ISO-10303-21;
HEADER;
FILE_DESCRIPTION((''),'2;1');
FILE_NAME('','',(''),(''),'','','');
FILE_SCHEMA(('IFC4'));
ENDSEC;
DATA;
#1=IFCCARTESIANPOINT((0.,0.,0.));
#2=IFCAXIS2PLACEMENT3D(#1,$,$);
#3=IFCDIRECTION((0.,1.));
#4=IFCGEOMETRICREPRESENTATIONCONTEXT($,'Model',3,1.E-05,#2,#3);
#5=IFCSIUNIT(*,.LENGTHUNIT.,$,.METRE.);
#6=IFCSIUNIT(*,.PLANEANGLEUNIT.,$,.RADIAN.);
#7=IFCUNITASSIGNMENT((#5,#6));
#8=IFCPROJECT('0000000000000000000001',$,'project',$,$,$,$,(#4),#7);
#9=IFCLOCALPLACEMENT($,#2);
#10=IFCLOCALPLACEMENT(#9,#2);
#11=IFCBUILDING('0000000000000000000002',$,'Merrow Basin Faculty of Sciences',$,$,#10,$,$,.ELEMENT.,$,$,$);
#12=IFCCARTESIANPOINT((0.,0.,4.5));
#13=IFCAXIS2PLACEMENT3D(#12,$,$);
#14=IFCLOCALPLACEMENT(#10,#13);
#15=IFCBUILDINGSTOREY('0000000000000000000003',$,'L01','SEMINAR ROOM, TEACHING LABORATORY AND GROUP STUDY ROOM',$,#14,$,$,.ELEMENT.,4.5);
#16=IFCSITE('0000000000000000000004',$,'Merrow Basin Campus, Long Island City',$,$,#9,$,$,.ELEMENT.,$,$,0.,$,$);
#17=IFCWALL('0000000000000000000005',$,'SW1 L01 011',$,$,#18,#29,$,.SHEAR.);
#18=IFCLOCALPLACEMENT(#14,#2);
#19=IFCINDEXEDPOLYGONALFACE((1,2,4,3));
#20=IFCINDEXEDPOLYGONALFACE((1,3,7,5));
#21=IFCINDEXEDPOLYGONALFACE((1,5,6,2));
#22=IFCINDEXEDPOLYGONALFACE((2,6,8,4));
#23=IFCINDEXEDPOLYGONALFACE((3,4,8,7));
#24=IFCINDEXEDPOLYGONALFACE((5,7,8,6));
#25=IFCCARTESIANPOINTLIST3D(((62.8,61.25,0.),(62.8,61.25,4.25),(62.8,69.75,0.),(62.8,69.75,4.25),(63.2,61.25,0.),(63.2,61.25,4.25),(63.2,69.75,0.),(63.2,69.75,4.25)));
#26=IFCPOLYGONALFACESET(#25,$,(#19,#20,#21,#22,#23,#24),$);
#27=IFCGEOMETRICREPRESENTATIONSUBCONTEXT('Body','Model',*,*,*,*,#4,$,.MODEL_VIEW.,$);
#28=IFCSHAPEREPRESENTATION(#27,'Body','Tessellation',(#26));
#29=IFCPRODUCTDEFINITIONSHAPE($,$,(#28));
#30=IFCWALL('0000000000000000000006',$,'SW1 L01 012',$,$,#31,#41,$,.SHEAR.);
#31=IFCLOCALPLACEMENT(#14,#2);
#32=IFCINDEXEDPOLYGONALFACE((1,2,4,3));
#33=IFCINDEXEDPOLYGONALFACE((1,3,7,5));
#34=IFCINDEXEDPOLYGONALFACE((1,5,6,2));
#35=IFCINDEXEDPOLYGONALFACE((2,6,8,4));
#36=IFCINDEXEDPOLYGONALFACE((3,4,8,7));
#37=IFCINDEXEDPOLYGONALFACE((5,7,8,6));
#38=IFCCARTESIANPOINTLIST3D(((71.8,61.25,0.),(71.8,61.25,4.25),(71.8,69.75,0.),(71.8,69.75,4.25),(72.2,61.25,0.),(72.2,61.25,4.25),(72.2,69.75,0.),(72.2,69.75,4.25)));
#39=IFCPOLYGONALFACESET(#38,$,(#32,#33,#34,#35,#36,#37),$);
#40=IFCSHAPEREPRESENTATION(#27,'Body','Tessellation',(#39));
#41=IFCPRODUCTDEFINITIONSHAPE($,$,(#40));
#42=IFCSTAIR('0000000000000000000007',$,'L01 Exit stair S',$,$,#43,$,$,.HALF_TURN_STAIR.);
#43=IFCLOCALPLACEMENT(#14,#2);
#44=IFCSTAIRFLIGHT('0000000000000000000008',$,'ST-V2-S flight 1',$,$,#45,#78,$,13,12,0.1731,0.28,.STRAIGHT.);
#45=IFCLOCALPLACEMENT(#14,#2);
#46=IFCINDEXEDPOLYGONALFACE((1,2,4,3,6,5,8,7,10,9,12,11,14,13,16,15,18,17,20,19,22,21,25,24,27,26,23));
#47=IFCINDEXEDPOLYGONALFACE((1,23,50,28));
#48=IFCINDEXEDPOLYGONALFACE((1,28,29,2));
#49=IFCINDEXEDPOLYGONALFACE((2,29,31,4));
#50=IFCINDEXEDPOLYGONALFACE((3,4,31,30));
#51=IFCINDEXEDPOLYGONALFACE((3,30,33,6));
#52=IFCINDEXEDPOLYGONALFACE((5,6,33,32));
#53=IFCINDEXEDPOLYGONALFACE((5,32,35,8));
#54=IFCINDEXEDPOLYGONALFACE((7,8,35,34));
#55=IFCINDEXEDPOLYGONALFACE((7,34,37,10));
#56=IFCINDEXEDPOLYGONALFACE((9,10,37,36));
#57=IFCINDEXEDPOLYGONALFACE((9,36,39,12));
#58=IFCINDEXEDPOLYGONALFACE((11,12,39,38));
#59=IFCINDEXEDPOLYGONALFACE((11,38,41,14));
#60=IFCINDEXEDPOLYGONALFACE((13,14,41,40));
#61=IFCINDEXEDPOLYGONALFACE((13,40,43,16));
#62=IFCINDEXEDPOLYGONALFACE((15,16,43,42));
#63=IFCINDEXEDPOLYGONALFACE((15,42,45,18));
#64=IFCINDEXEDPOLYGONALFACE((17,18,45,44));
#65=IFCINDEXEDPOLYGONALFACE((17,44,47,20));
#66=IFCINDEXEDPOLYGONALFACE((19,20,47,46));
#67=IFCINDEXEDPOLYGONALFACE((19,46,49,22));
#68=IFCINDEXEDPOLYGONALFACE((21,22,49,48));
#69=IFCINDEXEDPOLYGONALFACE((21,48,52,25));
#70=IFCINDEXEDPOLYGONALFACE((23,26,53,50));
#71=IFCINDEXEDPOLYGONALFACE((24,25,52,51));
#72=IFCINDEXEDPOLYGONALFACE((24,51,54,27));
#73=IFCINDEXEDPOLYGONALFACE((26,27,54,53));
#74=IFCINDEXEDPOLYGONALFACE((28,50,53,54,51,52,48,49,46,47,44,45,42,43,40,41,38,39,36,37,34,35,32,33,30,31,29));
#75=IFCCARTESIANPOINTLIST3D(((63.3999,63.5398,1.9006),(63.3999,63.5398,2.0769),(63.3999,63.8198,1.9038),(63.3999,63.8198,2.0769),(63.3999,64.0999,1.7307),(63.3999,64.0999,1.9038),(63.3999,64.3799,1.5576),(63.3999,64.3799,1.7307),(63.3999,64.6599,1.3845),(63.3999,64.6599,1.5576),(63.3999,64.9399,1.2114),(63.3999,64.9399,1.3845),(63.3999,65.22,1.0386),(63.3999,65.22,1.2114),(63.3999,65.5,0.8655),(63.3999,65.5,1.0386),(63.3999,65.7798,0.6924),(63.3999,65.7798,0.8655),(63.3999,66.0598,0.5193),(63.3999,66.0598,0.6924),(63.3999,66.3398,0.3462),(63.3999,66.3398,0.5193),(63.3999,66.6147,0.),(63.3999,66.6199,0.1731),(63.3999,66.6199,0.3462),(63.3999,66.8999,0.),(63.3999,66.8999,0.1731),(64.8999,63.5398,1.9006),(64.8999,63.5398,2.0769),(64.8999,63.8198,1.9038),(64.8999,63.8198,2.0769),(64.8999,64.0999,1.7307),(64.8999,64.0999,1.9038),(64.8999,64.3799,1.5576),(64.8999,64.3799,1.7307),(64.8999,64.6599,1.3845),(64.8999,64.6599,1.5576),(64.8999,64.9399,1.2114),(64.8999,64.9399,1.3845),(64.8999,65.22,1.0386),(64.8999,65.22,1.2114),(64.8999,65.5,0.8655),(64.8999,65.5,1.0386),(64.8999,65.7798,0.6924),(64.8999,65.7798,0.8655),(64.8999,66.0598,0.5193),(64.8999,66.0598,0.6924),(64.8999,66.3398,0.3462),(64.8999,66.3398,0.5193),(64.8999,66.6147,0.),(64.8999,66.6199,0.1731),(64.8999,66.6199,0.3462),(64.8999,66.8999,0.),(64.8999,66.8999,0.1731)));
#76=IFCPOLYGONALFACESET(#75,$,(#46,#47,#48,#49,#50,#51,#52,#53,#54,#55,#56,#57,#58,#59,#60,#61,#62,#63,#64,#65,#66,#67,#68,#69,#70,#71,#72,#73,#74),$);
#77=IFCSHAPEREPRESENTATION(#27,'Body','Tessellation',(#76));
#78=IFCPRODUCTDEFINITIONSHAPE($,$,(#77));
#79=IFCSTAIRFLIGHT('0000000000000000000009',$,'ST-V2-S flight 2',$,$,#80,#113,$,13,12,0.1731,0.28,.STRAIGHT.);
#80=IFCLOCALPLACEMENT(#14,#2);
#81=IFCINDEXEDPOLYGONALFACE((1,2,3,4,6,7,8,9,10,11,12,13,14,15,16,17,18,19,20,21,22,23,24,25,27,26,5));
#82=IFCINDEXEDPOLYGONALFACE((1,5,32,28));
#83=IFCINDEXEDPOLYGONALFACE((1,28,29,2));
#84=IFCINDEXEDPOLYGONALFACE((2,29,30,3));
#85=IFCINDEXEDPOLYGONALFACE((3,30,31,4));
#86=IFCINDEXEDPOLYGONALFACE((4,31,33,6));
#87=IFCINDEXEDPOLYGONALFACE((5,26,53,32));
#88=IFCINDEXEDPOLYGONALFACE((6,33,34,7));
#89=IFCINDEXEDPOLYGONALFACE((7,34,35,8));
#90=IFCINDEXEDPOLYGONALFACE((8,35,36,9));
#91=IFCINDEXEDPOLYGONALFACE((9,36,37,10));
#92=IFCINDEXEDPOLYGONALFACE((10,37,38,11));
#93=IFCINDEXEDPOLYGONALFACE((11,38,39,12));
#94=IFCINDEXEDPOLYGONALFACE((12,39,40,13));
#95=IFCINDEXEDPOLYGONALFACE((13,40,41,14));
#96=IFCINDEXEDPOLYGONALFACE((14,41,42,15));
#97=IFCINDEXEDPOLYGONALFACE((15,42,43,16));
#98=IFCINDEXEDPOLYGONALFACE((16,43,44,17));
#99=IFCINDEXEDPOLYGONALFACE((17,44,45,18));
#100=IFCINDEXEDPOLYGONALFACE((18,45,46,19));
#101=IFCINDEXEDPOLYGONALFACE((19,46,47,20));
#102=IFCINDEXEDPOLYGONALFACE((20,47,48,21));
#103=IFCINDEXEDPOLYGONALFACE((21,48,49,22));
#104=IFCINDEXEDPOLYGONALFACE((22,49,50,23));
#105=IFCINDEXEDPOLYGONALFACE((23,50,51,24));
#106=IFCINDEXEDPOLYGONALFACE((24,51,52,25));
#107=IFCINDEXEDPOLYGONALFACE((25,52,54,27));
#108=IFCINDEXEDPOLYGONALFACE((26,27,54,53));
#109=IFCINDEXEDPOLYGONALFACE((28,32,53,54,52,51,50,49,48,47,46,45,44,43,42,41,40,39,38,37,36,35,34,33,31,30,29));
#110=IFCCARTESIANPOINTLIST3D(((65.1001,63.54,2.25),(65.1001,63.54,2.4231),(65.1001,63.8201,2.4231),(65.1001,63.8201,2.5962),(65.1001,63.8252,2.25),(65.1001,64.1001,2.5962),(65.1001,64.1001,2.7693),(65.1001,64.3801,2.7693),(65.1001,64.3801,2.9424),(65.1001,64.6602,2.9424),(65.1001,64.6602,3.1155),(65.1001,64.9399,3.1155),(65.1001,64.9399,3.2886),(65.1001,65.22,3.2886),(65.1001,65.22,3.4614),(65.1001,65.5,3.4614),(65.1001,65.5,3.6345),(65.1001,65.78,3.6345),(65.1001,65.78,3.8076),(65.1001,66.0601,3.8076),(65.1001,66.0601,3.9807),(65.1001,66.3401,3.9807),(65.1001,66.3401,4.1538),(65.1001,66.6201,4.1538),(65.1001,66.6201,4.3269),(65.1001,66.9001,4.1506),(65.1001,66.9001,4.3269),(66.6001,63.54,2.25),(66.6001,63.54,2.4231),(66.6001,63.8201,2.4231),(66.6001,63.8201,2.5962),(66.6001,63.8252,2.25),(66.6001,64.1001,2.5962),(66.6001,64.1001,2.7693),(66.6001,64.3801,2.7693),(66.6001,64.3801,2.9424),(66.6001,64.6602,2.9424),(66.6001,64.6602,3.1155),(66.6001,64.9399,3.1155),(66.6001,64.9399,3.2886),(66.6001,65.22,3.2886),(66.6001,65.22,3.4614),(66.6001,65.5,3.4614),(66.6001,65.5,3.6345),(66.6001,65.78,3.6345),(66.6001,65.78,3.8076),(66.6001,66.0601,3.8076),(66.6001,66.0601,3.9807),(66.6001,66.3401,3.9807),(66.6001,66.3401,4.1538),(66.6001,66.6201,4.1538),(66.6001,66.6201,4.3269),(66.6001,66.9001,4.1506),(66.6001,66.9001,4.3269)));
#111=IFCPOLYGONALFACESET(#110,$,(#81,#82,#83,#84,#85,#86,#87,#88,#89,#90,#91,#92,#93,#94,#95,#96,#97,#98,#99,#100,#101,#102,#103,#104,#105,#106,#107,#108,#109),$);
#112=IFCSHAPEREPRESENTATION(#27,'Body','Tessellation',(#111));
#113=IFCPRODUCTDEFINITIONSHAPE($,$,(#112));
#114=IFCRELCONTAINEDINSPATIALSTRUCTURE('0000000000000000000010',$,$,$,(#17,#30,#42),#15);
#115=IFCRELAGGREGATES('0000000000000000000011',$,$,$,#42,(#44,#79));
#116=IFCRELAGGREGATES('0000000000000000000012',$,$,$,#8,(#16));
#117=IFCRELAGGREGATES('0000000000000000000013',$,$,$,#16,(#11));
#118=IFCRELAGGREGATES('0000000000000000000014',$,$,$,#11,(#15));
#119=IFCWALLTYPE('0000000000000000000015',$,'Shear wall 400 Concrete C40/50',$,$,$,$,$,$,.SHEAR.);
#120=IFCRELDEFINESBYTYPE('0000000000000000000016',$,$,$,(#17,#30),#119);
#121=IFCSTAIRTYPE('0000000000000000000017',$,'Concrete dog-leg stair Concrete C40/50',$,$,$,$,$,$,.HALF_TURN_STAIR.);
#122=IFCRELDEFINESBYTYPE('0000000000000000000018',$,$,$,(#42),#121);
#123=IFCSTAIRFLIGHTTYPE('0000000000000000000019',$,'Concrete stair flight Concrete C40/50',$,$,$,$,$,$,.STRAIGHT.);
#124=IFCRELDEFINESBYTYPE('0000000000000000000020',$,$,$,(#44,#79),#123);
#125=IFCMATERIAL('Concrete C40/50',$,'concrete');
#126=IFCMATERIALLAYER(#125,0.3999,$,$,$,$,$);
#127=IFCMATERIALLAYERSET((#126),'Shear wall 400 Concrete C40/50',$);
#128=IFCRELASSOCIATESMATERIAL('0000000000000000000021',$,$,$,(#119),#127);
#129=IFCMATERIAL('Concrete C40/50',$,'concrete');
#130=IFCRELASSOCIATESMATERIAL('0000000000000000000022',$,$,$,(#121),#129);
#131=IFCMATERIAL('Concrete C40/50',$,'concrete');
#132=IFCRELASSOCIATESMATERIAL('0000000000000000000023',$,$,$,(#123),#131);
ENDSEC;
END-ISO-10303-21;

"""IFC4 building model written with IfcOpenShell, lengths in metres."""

from ifc_helpers import new_model, si_unit, direction, frame, frame_2d, origin, place, context, subcontext, project, spatial, polyline, rectangle, outline, extrude, material, layer, layer_set, type_object, element, aggregate, save


model = new_model("IFC4")

# Units and contexts
model_context = context("Model", 3, precision=1e-05, world=origin(), true_north=direction((0.0, 1.0)))
body_context = subcontext(model_context, "Body", "Model", "MODEL_VIEW")
ifc_project = project(units=[si_unit("LENGTHUNIT", "METRE"), si_unit("PLANEANGLEUNIT", "RADIAN")], contexts=[model_context])

# Site, building, storey
site_placement = place(None, origin())
site = spatial("IfcSite", under=ifc_project, at=site_placement, Name="Merrow Basin Campus, Long Island City", CompositionType="ELEMENT", RefElevation=0.0)
building_placement = place(site_placement, origin())
building = spatial("IfcBuilding", under=site, at=building_placement, Name="Merrow Basin Faculty of Sciences", CompositionType="ELEMENT")
storey_placement = place(building_placement, frame((0.0, 0.0, 4.5)))
storey = spatial("IfcBuildingStorey", under=building, at=storey_placement, Name="L01", Description="SEMINAR ROOM, TEACHING LABORATORY AND GROUP STUDY ROOM", CompositionType="ELEMENT", Elevation=4.5)

# Walls
ifc_material_1 = material(Name="Concrete C40/50", Category="concrete")
ifc_layer_1 = layer(ifc_material_1, 0.3999)
ifc_layer_set_1 = layer_set([ifc_layer_1], Name="Shear wall 400 Concrete C40/50")
wall_type_1 = type_object("IfcWallType", Name="Shear wall 400 Concrete C40/50", PredefinedType="SHEAR", material=ifc_layer_set_1)
for number, where, z_axis, x_axis, name in (
    (1, (63.0, 61.25, 0.0), (0.0, 0.0, 1.0), (0.0, 1.0, 0.0), "SW1 L01 011"),
    (2, (72.0, 61.25, 0.0), (0.0, 0.0, 1.0), (0.0, 1.0, 0.0), "SW1 L01 012"),
):
    element("IfcWall", number, at=place(storey_placement, frame(where, z_axis=z_axis, x_axis=x_axis)), inside=storey, type_object=wall_type_1, Name=name, PredefinedType="SHEAR", context=body_context, shape_type="SweptSolid", body=[
        extrude(rectangle(XDim=8.5, YDim=0.3999, at=frame_2d((4.25, 0.0))), origin(), (0.0, 0.0, 1.0), 4.25),
    ])

# Stair, stair flights
ifc_material_2 = material(Name="Concrete C40/50", Category="concrete")
stair_type = type_object("IfcStairType", Name="Concrete dog-leg stair Concrete C40/50", PredefinedType="HALF_TURN_STAIR", material=ifc_material_2)
stair_placement = place(storey_placement, origin())
stair = element("IfcStair", 3, at=stair_placement, inside=storey, type_object=stair_type, Name="L01 Exit stair S", PredefinedType="HALF_TURN_STAIR")
ifc_material_3 = material(Name="Concrete C40/50", Category="concrete")
stair_flight_type = type_object("IfcStairFlightType", Name="Concrete stair flight Concrete C40/50", PredefinedType="STRAIGHT", material=ifc_material_3)
stair_flight_1_placement = place(storey_placement, frame((64.1499, 66.8999, 0.0), z_axis=(0.0, 0.0, 1.0), x_axis=(0.0, -1.0, 0.0)))
stair_flight_1 = element("IfcStairFlight", 4, at=stair_flight_1_placement, type_object=stair_flight_type, Name="ST-V2-S flight 1", NumberOfRisers=13, NumberOfTreads=12, PredefinedType="STRAIGHT", RiserHeight=0.1731, TreadLength=0.28, context=body_context, shape_type="SweptSolid", body=[
    extrude(outline(polyline([(0.0, 0.0), (0.0, 0.1731), (0.28, 0.1731), (0.28, 0.3462), (0.5601, 0.3462), (0.5601, 0.5193), (0.8401, 0.5193), (0.8401, 0.6924), (1.1201, 0.6924), (1.1201, 0.8655), (1.3999, 0.8655), (1.3999, 1.0386), (1.6799, 1.0386), (1.6799, 1.2114), (1.96, 1.2114), (1.96, 1.3845), (2.24, 1.3845), (2.24, 1.5576), (2.52, 1.5576), (2.52, 1.7307), (2.8, 1.7307), (2.8, 1.9038), (3.0801, 1.9038), (3.0801, 2.0769), (3.3601, 2.0769), (3.3601, 2.25), (3.3601, 1.9006), (0.2852, 0.0), (0.0, 0.0)])), frame((0.0, 0.75, 0.0), z_axis=(0.0, -1.0, 0.0), x_axis=(1.0, 0.0, 0.0)), (0.0, 0.0, 1.0), 1.5),
])
stair_flight_2_placement = place(storey_placement, frame((65.8501, 63.54, 2.25), z_axis=(0.0, 0.0, 1.0), x_axis=(0.0, 1.0, 0.0)))
stair_flight_2 = element("IfcStairFlight", 5, at=stair_flight_2_placement, type_object=stair_flight_type, Name="ST-V2-S flight 2", NumberOfRisers=13, NumberOfTreads=12, PredefinedType="STRAIGHT", RiserHeight=0.1731, TreadLength=0.28, context=body_context, shape_type="SweptSolid", body=[
    extrude(outline(polyline([(0.0, 0.0), (0.0, 0.1731), (0.28, 0.1731), (0.28, 0.3462), (0.5601, 0.3462), (0.5601, 0.5193), (0.8401, 0.5193), (0.8401, 0.6924), (1.1201, 0.6924), (1.1201, 0.8655), (1.3999, 0.8655), (1.3999, 1.0386), (1.6799, 1.0386), (1.6799, 1.2114), (1.96, 1.2114), (1.96, 1.3845), (2.24, 1.3845), (2.24, 1.5576), (2.52, 1.5576), (2.52, 1.7307), (2.8, 1.7307), (2.8, 1.9038), (3.0801, 1.9038), (3.0801, 2.0769), (3.3601, 2.0769), (3.3601, 2.25), (3.3601, 1.9006), (0.2852, 0.0), (0.0, 0.0)])), frame((0.0, 0.75, 0.0), z_axis=(0.0, -1.0, 0.0), x_axis=(1.0, 0.0, 0.0)), (0.0, 0.0, 1.0), 1.5),
])
aggregate(stair, [stair_flight_1, stair_flight_2])

save(model, "model.ifc")
